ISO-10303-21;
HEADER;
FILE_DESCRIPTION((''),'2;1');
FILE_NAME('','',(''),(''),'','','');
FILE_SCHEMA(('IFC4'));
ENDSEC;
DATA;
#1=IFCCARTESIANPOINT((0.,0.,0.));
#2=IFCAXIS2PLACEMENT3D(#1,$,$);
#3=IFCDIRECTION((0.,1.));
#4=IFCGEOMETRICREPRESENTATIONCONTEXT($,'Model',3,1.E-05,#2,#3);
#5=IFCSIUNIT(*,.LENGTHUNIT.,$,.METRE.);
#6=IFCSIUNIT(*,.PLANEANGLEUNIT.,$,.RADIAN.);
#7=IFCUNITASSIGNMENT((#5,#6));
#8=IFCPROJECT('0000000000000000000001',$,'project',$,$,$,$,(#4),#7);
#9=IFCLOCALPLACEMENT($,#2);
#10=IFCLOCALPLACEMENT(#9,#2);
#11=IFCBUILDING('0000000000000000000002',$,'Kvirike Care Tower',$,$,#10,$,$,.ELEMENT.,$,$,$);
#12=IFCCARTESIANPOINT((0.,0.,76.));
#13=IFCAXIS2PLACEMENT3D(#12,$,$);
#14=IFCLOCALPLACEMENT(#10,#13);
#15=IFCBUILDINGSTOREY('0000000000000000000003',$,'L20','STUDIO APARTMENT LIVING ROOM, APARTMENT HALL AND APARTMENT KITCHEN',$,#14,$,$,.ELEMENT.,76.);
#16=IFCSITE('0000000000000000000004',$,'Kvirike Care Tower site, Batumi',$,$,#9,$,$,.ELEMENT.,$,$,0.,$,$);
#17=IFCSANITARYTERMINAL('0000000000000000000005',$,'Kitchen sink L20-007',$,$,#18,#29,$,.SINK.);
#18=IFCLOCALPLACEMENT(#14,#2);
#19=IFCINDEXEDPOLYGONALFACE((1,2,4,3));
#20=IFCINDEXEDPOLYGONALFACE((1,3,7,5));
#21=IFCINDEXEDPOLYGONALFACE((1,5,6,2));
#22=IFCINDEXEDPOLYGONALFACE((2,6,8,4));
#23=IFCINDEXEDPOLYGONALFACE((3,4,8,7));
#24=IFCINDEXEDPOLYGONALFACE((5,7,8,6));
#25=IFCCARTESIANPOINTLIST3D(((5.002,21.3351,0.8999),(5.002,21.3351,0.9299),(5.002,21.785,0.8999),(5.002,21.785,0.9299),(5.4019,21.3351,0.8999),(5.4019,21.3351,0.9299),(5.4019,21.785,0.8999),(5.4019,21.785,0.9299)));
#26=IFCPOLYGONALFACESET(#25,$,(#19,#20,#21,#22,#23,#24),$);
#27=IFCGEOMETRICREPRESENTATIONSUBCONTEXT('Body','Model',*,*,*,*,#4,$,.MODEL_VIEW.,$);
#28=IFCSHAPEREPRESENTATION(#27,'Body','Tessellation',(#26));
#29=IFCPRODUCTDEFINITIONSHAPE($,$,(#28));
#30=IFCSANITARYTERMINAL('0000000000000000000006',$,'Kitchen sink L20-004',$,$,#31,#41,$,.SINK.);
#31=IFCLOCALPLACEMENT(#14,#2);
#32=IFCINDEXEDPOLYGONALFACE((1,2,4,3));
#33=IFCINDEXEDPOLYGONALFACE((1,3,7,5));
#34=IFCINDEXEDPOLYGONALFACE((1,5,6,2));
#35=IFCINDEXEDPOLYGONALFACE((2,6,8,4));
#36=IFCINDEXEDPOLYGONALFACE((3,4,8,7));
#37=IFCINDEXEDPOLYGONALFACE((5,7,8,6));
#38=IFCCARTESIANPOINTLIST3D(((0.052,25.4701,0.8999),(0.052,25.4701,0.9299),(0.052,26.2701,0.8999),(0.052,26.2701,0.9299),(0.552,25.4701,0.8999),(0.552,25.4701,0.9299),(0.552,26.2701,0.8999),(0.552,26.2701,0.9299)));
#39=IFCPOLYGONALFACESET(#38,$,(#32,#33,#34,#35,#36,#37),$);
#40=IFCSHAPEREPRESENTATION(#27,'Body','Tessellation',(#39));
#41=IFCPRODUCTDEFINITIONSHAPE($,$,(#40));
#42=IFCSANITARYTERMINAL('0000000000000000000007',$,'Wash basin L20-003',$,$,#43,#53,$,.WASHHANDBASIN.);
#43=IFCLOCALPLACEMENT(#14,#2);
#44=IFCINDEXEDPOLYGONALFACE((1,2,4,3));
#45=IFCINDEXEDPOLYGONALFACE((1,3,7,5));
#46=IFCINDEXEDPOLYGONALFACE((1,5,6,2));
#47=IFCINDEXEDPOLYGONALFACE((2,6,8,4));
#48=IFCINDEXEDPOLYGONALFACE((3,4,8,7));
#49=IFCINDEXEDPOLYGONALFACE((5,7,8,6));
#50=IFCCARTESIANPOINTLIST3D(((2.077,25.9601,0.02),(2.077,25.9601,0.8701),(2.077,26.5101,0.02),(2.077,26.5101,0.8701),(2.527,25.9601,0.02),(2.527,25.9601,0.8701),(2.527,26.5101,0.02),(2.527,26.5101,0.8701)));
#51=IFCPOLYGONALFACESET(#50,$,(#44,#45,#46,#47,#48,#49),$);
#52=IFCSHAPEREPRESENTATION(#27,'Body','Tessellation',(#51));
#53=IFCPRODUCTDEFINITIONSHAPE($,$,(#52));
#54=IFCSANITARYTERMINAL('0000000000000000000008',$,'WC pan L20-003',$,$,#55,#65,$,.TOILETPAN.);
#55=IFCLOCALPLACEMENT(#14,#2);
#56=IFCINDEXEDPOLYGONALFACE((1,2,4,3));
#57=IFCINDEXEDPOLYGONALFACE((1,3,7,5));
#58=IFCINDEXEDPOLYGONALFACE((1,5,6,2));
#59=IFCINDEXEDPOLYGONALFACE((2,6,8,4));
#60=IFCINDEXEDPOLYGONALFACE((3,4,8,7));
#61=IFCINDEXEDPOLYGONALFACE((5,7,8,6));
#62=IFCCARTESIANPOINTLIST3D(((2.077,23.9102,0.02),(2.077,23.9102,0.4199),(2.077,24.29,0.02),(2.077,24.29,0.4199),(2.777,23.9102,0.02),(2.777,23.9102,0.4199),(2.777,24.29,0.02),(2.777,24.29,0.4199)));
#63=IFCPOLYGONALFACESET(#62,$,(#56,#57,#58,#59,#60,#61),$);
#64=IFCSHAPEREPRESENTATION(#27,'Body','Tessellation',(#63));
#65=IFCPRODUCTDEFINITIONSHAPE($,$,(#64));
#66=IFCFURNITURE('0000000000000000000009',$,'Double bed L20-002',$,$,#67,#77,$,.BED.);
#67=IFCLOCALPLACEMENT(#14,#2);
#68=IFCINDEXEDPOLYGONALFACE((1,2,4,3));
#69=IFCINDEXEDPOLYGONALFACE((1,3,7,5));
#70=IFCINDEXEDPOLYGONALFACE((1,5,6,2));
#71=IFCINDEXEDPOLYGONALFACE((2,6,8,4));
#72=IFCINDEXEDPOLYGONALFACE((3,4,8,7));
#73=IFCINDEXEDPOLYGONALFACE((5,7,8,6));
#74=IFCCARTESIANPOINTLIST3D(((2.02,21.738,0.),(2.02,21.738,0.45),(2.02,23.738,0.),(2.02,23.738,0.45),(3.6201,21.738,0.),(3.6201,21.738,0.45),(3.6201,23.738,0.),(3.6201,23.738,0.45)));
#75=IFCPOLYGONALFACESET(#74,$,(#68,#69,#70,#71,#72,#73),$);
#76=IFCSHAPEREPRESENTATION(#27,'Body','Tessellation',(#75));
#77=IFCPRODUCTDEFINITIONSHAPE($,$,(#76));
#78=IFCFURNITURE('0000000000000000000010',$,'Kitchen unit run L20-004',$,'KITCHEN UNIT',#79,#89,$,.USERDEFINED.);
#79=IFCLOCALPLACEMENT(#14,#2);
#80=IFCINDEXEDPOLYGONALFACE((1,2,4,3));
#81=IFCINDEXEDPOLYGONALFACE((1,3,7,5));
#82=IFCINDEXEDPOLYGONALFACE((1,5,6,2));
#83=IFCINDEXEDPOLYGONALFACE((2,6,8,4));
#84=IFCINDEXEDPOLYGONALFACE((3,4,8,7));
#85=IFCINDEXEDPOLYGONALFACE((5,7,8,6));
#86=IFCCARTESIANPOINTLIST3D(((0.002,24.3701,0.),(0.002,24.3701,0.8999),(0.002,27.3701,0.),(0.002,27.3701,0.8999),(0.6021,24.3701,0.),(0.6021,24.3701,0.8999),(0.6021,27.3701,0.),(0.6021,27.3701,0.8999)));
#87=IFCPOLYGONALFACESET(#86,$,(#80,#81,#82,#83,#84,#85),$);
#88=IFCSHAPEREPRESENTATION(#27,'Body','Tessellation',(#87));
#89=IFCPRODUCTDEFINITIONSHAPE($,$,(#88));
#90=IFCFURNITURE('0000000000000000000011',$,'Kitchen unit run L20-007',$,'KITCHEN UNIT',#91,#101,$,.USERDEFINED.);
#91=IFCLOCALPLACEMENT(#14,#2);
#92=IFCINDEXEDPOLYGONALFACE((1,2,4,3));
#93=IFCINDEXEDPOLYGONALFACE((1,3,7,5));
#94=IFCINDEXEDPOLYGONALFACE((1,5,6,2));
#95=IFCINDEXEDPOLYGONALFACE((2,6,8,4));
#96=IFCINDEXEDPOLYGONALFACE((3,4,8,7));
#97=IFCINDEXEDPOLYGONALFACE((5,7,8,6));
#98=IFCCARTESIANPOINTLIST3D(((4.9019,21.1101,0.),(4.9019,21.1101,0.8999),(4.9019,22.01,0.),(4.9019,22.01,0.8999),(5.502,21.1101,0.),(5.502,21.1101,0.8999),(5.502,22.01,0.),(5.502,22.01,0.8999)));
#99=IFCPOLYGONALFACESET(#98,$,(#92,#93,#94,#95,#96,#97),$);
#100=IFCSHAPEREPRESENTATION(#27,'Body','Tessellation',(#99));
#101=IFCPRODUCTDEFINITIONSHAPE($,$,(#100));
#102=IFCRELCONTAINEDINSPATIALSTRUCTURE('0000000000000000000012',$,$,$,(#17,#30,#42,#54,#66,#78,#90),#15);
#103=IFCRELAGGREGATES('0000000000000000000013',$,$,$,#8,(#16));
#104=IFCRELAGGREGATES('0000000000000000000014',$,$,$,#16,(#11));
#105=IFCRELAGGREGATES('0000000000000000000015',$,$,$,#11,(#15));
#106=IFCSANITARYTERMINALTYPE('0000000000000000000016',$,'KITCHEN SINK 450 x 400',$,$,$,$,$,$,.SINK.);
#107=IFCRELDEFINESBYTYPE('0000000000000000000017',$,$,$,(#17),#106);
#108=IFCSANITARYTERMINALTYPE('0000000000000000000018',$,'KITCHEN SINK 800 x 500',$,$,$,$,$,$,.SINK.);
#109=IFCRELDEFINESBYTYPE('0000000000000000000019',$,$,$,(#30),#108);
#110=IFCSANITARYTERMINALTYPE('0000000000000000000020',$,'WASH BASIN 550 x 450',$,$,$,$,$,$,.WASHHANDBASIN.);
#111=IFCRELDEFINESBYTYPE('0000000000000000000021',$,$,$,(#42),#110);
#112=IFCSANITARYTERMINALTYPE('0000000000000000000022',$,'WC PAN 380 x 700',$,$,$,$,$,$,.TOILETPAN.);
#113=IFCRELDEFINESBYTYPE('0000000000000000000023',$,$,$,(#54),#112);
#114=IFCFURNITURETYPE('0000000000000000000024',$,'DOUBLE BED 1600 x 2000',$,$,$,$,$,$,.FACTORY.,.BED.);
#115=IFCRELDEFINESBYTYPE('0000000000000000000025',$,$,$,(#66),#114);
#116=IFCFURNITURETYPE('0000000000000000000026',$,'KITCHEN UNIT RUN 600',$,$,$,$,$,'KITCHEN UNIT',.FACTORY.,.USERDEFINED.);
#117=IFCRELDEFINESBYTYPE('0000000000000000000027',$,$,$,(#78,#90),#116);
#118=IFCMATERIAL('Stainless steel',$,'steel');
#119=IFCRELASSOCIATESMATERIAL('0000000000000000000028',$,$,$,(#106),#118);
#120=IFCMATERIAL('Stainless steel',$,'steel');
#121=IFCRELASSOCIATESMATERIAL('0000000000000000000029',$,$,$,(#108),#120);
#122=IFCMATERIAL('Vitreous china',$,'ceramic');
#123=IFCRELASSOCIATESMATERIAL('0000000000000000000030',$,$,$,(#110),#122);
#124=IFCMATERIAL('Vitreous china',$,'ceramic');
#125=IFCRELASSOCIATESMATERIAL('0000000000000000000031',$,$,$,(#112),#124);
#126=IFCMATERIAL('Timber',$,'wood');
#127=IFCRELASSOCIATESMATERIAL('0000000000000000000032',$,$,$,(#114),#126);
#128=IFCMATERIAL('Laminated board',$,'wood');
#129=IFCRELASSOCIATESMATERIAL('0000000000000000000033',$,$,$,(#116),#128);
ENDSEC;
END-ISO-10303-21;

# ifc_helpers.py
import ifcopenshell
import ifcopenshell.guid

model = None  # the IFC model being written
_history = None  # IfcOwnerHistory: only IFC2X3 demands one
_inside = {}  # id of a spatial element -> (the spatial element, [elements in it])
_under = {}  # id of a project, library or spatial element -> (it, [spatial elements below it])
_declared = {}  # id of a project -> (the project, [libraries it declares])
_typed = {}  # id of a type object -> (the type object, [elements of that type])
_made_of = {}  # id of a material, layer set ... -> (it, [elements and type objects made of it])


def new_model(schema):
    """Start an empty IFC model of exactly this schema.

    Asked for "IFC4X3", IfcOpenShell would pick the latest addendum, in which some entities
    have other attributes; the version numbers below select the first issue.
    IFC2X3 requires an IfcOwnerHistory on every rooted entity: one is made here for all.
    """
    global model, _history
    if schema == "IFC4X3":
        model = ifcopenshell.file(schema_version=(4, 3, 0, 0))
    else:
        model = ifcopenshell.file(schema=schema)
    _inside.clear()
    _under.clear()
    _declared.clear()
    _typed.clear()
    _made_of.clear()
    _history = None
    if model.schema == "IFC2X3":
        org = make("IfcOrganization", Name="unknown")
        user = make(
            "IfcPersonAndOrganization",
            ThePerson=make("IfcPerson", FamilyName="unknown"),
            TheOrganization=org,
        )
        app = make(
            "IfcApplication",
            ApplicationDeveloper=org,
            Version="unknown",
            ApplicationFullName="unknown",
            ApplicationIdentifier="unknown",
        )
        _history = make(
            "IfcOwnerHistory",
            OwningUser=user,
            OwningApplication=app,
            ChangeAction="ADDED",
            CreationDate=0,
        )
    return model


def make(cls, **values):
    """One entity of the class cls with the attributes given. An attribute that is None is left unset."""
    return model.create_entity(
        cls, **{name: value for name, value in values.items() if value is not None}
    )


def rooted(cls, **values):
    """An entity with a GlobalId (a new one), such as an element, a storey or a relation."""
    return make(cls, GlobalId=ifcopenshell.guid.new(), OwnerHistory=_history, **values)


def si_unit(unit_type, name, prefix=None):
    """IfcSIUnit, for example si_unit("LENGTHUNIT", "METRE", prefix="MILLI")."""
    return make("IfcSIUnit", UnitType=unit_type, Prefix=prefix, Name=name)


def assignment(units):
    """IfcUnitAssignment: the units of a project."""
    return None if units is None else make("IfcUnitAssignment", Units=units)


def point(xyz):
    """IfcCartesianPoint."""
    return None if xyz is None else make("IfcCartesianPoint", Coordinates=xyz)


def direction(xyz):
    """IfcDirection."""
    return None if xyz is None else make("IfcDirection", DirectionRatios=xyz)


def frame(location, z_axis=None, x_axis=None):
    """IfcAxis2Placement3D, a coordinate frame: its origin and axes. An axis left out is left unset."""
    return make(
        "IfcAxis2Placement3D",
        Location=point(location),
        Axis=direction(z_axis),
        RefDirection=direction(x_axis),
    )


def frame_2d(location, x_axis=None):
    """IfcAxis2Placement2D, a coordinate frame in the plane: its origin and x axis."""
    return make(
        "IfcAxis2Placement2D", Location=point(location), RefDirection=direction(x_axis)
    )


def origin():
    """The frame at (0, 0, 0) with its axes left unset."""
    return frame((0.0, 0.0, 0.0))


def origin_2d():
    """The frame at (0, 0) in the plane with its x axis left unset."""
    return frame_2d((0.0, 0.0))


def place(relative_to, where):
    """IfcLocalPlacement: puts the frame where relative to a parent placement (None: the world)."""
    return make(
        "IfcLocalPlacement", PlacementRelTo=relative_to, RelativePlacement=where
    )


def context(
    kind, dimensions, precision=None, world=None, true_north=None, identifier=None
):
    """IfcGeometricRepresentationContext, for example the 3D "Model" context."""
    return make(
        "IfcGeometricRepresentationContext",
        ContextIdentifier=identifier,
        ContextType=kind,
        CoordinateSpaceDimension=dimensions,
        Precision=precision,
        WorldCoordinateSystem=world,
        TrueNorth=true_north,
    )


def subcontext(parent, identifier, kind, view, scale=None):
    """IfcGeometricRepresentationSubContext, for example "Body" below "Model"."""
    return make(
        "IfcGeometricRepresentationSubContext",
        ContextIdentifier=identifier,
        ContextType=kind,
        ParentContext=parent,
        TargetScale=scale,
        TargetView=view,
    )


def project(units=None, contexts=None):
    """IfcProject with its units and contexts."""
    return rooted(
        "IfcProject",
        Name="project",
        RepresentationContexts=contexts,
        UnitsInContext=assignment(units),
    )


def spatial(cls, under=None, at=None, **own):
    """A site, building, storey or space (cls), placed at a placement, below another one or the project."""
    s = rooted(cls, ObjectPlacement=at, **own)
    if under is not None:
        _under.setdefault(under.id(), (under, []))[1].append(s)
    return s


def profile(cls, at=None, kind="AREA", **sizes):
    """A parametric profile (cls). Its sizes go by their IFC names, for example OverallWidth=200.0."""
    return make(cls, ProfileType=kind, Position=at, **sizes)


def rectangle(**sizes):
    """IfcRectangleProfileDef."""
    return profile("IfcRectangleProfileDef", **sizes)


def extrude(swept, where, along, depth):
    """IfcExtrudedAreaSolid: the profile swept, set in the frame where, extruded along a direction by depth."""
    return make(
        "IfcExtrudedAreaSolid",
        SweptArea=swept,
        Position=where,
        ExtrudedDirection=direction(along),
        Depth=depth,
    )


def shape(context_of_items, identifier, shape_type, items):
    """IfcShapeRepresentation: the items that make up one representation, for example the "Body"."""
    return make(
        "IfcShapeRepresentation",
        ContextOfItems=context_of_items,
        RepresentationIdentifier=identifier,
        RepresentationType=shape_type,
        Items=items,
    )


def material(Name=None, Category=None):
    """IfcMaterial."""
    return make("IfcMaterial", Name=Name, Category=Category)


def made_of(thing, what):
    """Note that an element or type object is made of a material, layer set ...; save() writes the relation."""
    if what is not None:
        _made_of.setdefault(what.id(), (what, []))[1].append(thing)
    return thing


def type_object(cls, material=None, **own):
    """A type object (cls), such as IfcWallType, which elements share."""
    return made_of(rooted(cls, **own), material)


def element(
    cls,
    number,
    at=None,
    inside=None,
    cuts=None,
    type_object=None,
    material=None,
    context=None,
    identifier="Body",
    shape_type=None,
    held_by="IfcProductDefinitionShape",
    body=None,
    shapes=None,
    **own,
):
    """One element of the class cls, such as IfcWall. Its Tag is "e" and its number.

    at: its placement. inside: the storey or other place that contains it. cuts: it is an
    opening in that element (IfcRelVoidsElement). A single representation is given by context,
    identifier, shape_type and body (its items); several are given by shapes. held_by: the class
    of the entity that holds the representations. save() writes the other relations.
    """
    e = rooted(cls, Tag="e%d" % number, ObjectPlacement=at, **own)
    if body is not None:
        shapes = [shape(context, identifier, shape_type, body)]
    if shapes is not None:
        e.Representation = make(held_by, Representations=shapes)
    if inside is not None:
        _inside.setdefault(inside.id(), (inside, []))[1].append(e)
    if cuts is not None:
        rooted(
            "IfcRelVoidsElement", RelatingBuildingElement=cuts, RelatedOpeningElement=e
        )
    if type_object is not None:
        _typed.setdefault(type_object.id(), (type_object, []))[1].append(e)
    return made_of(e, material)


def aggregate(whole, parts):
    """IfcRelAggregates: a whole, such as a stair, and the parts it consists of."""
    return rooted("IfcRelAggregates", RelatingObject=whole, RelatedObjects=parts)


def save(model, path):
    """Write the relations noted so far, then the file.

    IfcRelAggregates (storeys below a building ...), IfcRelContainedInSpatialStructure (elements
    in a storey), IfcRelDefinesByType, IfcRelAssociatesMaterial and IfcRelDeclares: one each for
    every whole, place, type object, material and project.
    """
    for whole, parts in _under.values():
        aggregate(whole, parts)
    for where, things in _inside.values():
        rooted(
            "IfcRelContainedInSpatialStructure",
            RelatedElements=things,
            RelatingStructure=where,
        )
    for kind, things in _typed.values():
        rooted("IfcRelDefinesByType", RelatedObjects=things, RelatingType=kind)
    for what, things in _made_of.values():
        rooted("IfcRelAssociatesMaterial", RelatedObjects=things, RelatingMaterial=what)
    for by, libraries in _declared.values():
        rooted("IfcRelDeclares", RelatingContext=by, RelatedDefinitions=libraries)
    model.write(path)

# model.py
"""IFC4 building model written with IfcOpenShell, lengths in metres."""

from ifc_helpers import new_model, si_unit, direction, frame, origin, origin_2d, place, context, subcontext, project, spatial, rectangle, extrude, material, type_object, element, save


model = new_model("IFC4")

# Units and contexts
model_context = context("Model", 3, precision=1e-05, world=origin(), true_north=direction((0.0, 1.0)))
body_context = subcontext(model_context, "Body", "Model", "MODEL_VIEW")
ifc_project = project(units=[si_unit("LENGTHUNIT", "METRE"), si_unit("PLANEANGLEUNIT", "RADIAN")], contexts=[model_context])

# Site, building, storey
site_placement = place(None, origin())
site = spatial("IfcSite", under=ifc_project, at=site_placement, Name="Kvirike Care Tower site, Batumi", CompositionType="ELEMENT", RefElevation=0.0)
building_placement = place(site_placement, origin())
building = spatial("IfcBuilding", under=site, at=building_placement, Name="Kvirike Care Tower", CompositionType="ELEMENT")
storey_placement = place(building_placement, frame((0.0, 0.0, 76.0)))
storey = spatial("IfcBuildingStorey", under=building, at=storey_placement, Name="L20", Description="STUDIO APARTMENT LIVING ROOM, APARTMENT HALL AND APARTMENT KITCHEN", CompositionType="ELEMENT", Elevation=76.0)

# Sanitary terminals
ifc_material_1 = material(Name="Stainless steel", Category="steel")
sanitary_terminal_type_1 = type_object("IfcSanitaryTerminalType", Name="KITCHEN SINK 450 x 400", PredefinedType="SINK", material=ifc_material_1)
sanitary_terminal_1_placement = place(storey_placement, frame((5.2019, 21.5601, 0.8999), z_axis=(0.0, 0.0, 1.0), x_axis=(0.0, 1.0, 0.0)))
element("IfcSanitaryTerminal", 1, at=sanitary_terminal_1_placement, inside=storey, type_object=sanitary_terminal_type_1, Name="Kitchen sink L20-007", PredefinedType="SINK", context=body_context, shape_type="SweptSolid", body=[
    extrude(rectangle(XDim=0.45, YDim=0.3999, at=origin_2d()), origin(), (0.0, 0.0, 1.0), 0.03),
])
ifc_material_2 = material(Name="Stainless steel", Category="steel")
sanitary_terminal_type_2 = type_object("IfcSanitaryTerminalType", Name="KITCHEN SINK 800 x 500", PredefinedType="SINK", material=ifc_material_2)
sanitary_terminal_2_placement = place(storey_placement, frame((0.302, 25.8701, 0.8999), z_axis=(0.0, 0.0, 1.0), x_axis=(0.0, 1.0, 0.0)))
element("IfcSanitaryTerminal", 2, at=sanitary_terminal_2_placement, inside=storey, type_object=sanitary_terminal_type_2, Name="Kitchen sink L20-004", PredefinedType="SINK", context=body_context, shape_type="SweptSolid", body=[
    extrude(rectangle(XDim=0.8, YDim=0.5, at=origin_2d()), origin(), (0.0, 0.0, 1.0), 0.03),
])
ifc_material_3 = material(Name="Vitreous china", Category="ceramic")
sanitary_terminal_type_3 = type_object("IfcSanitaryTerminalType", Name="WASH BASIN 550 x 450", PredefinedType="WASHHANDBASIN", material=ifc_material_3)
sanitary_terminal_3_placement = place(storey_placement, frame((2.302, 26.2351, 0.02), z_axis=(0.0, 0.0, 1.0), x_axis=(0.0, 1.0, 0.0)))
element("IfcSanitaryTerminal", 3, at=sanitary_terminal_3_placement, inside=storey, type_object=sanitary_terminal_type_3, Name="Wash basin L20-003", PredefinedType="WASHHANDBASIN", context=body_context, shape_type="SweptSolid", body=[
    extrude(rectangle(XDim=0.55, YDim=0.45, at=origin_2d()), origin(), (0.0, 0.0, 1.0), 0.8501),
])
ifc_material_4 = material(Name="Vitreous china", Category="ceramic")
sanitary_terminal_type_4 = type_object("IfcSanitaryTerminalType", Name="WC PAN 380 x 700", PredefinedType="TOILETPAN", material=ifc_material_4)
sanitary_terminal_4_placement = place(storey_placement, frame((2.427, 24.1001, 0.02), z_axis=(0.0, 0.0, 1.0), x_axis=(0.0, 1.0, 0.0)))
element("IfcSanitaryTerminal", 4, at=sanitary_terminal_4_placement, inside=storey, type_object=sanitary_terminal_type_4, Name="WC pan L20-003", PredefinedType="TOILETPAN", context=body_context, shape_type="SweptSolid", body=[
    extrude(rectangle(XDim=0.3799, YDim=0.7, at=origin_2d()), origin(), (0.0, 0.0, 1.0), 0.3999),
])

# Furniture
ifc_material_5 = material(Name="Timber", Category="wood")
furniture_type_1 = type_object("IfcFurnitureType", Name="DOUBLE BED 1600 x 2000", AssemblyPlace="FACTORY", PredefinedType="BED", material=ifc_material_5)
furniture_1_placement = place(storey_placement, frame((2.8201, 22.738, 0.0), z_axis=(0.0, 0.0, 1.0), x_axis=(1.0, 0.0, 0.0)))
element("IfcFurniture", 5, at=furniture_1_placement, inside=storey, type_object=furniture_type_1, Name="Double bed L20-002", PredefinedType="BED", context=body_context, shape_type="SweptSolid", body=[
    extrude(rectangle(XDim=1.6001, YDim=2.0, at=origin_2d()), origin(), (0.0, 0.0, 1.0), 0.45),
])
ifc_material_6 = material(Name="Laminated board", Category="wood")
furniture_type_2 = type_object("IfcFurnitureType", Name="KITCHEN UNIT RUN 600", ElementType="KITCHEN UNIT", AssemblyPlace="FACTORY", PredefinedType="USERDEFINED", material=ifc_material_6)
furniture_2_placement = place(storey_placement, frame((0.302, 25.8701, 0.0), z_axis=(0.0, 0.0, 1.0), x_axis=(0.0, 1.0, 0.0)))
element("IfcFurniture", 6, at=furniture_2_placement, inside=storey, type_object=furniture_type_2, Name="Kitchen unit run L20-004", ObjectType="KITCHEN UNIT", PredefinedType="USERDEFINED", context=body_context, shape_type="SweptSolid", body=[
    extrude(rectangle(XDim=3.0, YDim=0.6001, at=origin_2d()), origin(), (0.0, 0.0, 1.0), 0.8999),
])
furniture_3_placement = place(storey_placement, frame((5.2019, 21.5601, 0.0), z_axis=(0.0, 0.0, 1.0), x_axis=(0.0, 1.0, 0.0)))
element("IfcFurniture", 7, at=furniture_3_placement, inside=storey, type_object=furniture_type_2, Name="Kitchen unit run L20-007", ObjectType="KITCHEN UNIT", PredefinedType="USERDEFINED", context=body_context, shape_type="SweptSolid", body=[
    extrude(rectangle(XDim=0.8999, YDim=0.6001, at=origin_2d()), origin(), (0.0, 0.0, 1.0), 0.8999),
])

save(model, "model.ifc")
